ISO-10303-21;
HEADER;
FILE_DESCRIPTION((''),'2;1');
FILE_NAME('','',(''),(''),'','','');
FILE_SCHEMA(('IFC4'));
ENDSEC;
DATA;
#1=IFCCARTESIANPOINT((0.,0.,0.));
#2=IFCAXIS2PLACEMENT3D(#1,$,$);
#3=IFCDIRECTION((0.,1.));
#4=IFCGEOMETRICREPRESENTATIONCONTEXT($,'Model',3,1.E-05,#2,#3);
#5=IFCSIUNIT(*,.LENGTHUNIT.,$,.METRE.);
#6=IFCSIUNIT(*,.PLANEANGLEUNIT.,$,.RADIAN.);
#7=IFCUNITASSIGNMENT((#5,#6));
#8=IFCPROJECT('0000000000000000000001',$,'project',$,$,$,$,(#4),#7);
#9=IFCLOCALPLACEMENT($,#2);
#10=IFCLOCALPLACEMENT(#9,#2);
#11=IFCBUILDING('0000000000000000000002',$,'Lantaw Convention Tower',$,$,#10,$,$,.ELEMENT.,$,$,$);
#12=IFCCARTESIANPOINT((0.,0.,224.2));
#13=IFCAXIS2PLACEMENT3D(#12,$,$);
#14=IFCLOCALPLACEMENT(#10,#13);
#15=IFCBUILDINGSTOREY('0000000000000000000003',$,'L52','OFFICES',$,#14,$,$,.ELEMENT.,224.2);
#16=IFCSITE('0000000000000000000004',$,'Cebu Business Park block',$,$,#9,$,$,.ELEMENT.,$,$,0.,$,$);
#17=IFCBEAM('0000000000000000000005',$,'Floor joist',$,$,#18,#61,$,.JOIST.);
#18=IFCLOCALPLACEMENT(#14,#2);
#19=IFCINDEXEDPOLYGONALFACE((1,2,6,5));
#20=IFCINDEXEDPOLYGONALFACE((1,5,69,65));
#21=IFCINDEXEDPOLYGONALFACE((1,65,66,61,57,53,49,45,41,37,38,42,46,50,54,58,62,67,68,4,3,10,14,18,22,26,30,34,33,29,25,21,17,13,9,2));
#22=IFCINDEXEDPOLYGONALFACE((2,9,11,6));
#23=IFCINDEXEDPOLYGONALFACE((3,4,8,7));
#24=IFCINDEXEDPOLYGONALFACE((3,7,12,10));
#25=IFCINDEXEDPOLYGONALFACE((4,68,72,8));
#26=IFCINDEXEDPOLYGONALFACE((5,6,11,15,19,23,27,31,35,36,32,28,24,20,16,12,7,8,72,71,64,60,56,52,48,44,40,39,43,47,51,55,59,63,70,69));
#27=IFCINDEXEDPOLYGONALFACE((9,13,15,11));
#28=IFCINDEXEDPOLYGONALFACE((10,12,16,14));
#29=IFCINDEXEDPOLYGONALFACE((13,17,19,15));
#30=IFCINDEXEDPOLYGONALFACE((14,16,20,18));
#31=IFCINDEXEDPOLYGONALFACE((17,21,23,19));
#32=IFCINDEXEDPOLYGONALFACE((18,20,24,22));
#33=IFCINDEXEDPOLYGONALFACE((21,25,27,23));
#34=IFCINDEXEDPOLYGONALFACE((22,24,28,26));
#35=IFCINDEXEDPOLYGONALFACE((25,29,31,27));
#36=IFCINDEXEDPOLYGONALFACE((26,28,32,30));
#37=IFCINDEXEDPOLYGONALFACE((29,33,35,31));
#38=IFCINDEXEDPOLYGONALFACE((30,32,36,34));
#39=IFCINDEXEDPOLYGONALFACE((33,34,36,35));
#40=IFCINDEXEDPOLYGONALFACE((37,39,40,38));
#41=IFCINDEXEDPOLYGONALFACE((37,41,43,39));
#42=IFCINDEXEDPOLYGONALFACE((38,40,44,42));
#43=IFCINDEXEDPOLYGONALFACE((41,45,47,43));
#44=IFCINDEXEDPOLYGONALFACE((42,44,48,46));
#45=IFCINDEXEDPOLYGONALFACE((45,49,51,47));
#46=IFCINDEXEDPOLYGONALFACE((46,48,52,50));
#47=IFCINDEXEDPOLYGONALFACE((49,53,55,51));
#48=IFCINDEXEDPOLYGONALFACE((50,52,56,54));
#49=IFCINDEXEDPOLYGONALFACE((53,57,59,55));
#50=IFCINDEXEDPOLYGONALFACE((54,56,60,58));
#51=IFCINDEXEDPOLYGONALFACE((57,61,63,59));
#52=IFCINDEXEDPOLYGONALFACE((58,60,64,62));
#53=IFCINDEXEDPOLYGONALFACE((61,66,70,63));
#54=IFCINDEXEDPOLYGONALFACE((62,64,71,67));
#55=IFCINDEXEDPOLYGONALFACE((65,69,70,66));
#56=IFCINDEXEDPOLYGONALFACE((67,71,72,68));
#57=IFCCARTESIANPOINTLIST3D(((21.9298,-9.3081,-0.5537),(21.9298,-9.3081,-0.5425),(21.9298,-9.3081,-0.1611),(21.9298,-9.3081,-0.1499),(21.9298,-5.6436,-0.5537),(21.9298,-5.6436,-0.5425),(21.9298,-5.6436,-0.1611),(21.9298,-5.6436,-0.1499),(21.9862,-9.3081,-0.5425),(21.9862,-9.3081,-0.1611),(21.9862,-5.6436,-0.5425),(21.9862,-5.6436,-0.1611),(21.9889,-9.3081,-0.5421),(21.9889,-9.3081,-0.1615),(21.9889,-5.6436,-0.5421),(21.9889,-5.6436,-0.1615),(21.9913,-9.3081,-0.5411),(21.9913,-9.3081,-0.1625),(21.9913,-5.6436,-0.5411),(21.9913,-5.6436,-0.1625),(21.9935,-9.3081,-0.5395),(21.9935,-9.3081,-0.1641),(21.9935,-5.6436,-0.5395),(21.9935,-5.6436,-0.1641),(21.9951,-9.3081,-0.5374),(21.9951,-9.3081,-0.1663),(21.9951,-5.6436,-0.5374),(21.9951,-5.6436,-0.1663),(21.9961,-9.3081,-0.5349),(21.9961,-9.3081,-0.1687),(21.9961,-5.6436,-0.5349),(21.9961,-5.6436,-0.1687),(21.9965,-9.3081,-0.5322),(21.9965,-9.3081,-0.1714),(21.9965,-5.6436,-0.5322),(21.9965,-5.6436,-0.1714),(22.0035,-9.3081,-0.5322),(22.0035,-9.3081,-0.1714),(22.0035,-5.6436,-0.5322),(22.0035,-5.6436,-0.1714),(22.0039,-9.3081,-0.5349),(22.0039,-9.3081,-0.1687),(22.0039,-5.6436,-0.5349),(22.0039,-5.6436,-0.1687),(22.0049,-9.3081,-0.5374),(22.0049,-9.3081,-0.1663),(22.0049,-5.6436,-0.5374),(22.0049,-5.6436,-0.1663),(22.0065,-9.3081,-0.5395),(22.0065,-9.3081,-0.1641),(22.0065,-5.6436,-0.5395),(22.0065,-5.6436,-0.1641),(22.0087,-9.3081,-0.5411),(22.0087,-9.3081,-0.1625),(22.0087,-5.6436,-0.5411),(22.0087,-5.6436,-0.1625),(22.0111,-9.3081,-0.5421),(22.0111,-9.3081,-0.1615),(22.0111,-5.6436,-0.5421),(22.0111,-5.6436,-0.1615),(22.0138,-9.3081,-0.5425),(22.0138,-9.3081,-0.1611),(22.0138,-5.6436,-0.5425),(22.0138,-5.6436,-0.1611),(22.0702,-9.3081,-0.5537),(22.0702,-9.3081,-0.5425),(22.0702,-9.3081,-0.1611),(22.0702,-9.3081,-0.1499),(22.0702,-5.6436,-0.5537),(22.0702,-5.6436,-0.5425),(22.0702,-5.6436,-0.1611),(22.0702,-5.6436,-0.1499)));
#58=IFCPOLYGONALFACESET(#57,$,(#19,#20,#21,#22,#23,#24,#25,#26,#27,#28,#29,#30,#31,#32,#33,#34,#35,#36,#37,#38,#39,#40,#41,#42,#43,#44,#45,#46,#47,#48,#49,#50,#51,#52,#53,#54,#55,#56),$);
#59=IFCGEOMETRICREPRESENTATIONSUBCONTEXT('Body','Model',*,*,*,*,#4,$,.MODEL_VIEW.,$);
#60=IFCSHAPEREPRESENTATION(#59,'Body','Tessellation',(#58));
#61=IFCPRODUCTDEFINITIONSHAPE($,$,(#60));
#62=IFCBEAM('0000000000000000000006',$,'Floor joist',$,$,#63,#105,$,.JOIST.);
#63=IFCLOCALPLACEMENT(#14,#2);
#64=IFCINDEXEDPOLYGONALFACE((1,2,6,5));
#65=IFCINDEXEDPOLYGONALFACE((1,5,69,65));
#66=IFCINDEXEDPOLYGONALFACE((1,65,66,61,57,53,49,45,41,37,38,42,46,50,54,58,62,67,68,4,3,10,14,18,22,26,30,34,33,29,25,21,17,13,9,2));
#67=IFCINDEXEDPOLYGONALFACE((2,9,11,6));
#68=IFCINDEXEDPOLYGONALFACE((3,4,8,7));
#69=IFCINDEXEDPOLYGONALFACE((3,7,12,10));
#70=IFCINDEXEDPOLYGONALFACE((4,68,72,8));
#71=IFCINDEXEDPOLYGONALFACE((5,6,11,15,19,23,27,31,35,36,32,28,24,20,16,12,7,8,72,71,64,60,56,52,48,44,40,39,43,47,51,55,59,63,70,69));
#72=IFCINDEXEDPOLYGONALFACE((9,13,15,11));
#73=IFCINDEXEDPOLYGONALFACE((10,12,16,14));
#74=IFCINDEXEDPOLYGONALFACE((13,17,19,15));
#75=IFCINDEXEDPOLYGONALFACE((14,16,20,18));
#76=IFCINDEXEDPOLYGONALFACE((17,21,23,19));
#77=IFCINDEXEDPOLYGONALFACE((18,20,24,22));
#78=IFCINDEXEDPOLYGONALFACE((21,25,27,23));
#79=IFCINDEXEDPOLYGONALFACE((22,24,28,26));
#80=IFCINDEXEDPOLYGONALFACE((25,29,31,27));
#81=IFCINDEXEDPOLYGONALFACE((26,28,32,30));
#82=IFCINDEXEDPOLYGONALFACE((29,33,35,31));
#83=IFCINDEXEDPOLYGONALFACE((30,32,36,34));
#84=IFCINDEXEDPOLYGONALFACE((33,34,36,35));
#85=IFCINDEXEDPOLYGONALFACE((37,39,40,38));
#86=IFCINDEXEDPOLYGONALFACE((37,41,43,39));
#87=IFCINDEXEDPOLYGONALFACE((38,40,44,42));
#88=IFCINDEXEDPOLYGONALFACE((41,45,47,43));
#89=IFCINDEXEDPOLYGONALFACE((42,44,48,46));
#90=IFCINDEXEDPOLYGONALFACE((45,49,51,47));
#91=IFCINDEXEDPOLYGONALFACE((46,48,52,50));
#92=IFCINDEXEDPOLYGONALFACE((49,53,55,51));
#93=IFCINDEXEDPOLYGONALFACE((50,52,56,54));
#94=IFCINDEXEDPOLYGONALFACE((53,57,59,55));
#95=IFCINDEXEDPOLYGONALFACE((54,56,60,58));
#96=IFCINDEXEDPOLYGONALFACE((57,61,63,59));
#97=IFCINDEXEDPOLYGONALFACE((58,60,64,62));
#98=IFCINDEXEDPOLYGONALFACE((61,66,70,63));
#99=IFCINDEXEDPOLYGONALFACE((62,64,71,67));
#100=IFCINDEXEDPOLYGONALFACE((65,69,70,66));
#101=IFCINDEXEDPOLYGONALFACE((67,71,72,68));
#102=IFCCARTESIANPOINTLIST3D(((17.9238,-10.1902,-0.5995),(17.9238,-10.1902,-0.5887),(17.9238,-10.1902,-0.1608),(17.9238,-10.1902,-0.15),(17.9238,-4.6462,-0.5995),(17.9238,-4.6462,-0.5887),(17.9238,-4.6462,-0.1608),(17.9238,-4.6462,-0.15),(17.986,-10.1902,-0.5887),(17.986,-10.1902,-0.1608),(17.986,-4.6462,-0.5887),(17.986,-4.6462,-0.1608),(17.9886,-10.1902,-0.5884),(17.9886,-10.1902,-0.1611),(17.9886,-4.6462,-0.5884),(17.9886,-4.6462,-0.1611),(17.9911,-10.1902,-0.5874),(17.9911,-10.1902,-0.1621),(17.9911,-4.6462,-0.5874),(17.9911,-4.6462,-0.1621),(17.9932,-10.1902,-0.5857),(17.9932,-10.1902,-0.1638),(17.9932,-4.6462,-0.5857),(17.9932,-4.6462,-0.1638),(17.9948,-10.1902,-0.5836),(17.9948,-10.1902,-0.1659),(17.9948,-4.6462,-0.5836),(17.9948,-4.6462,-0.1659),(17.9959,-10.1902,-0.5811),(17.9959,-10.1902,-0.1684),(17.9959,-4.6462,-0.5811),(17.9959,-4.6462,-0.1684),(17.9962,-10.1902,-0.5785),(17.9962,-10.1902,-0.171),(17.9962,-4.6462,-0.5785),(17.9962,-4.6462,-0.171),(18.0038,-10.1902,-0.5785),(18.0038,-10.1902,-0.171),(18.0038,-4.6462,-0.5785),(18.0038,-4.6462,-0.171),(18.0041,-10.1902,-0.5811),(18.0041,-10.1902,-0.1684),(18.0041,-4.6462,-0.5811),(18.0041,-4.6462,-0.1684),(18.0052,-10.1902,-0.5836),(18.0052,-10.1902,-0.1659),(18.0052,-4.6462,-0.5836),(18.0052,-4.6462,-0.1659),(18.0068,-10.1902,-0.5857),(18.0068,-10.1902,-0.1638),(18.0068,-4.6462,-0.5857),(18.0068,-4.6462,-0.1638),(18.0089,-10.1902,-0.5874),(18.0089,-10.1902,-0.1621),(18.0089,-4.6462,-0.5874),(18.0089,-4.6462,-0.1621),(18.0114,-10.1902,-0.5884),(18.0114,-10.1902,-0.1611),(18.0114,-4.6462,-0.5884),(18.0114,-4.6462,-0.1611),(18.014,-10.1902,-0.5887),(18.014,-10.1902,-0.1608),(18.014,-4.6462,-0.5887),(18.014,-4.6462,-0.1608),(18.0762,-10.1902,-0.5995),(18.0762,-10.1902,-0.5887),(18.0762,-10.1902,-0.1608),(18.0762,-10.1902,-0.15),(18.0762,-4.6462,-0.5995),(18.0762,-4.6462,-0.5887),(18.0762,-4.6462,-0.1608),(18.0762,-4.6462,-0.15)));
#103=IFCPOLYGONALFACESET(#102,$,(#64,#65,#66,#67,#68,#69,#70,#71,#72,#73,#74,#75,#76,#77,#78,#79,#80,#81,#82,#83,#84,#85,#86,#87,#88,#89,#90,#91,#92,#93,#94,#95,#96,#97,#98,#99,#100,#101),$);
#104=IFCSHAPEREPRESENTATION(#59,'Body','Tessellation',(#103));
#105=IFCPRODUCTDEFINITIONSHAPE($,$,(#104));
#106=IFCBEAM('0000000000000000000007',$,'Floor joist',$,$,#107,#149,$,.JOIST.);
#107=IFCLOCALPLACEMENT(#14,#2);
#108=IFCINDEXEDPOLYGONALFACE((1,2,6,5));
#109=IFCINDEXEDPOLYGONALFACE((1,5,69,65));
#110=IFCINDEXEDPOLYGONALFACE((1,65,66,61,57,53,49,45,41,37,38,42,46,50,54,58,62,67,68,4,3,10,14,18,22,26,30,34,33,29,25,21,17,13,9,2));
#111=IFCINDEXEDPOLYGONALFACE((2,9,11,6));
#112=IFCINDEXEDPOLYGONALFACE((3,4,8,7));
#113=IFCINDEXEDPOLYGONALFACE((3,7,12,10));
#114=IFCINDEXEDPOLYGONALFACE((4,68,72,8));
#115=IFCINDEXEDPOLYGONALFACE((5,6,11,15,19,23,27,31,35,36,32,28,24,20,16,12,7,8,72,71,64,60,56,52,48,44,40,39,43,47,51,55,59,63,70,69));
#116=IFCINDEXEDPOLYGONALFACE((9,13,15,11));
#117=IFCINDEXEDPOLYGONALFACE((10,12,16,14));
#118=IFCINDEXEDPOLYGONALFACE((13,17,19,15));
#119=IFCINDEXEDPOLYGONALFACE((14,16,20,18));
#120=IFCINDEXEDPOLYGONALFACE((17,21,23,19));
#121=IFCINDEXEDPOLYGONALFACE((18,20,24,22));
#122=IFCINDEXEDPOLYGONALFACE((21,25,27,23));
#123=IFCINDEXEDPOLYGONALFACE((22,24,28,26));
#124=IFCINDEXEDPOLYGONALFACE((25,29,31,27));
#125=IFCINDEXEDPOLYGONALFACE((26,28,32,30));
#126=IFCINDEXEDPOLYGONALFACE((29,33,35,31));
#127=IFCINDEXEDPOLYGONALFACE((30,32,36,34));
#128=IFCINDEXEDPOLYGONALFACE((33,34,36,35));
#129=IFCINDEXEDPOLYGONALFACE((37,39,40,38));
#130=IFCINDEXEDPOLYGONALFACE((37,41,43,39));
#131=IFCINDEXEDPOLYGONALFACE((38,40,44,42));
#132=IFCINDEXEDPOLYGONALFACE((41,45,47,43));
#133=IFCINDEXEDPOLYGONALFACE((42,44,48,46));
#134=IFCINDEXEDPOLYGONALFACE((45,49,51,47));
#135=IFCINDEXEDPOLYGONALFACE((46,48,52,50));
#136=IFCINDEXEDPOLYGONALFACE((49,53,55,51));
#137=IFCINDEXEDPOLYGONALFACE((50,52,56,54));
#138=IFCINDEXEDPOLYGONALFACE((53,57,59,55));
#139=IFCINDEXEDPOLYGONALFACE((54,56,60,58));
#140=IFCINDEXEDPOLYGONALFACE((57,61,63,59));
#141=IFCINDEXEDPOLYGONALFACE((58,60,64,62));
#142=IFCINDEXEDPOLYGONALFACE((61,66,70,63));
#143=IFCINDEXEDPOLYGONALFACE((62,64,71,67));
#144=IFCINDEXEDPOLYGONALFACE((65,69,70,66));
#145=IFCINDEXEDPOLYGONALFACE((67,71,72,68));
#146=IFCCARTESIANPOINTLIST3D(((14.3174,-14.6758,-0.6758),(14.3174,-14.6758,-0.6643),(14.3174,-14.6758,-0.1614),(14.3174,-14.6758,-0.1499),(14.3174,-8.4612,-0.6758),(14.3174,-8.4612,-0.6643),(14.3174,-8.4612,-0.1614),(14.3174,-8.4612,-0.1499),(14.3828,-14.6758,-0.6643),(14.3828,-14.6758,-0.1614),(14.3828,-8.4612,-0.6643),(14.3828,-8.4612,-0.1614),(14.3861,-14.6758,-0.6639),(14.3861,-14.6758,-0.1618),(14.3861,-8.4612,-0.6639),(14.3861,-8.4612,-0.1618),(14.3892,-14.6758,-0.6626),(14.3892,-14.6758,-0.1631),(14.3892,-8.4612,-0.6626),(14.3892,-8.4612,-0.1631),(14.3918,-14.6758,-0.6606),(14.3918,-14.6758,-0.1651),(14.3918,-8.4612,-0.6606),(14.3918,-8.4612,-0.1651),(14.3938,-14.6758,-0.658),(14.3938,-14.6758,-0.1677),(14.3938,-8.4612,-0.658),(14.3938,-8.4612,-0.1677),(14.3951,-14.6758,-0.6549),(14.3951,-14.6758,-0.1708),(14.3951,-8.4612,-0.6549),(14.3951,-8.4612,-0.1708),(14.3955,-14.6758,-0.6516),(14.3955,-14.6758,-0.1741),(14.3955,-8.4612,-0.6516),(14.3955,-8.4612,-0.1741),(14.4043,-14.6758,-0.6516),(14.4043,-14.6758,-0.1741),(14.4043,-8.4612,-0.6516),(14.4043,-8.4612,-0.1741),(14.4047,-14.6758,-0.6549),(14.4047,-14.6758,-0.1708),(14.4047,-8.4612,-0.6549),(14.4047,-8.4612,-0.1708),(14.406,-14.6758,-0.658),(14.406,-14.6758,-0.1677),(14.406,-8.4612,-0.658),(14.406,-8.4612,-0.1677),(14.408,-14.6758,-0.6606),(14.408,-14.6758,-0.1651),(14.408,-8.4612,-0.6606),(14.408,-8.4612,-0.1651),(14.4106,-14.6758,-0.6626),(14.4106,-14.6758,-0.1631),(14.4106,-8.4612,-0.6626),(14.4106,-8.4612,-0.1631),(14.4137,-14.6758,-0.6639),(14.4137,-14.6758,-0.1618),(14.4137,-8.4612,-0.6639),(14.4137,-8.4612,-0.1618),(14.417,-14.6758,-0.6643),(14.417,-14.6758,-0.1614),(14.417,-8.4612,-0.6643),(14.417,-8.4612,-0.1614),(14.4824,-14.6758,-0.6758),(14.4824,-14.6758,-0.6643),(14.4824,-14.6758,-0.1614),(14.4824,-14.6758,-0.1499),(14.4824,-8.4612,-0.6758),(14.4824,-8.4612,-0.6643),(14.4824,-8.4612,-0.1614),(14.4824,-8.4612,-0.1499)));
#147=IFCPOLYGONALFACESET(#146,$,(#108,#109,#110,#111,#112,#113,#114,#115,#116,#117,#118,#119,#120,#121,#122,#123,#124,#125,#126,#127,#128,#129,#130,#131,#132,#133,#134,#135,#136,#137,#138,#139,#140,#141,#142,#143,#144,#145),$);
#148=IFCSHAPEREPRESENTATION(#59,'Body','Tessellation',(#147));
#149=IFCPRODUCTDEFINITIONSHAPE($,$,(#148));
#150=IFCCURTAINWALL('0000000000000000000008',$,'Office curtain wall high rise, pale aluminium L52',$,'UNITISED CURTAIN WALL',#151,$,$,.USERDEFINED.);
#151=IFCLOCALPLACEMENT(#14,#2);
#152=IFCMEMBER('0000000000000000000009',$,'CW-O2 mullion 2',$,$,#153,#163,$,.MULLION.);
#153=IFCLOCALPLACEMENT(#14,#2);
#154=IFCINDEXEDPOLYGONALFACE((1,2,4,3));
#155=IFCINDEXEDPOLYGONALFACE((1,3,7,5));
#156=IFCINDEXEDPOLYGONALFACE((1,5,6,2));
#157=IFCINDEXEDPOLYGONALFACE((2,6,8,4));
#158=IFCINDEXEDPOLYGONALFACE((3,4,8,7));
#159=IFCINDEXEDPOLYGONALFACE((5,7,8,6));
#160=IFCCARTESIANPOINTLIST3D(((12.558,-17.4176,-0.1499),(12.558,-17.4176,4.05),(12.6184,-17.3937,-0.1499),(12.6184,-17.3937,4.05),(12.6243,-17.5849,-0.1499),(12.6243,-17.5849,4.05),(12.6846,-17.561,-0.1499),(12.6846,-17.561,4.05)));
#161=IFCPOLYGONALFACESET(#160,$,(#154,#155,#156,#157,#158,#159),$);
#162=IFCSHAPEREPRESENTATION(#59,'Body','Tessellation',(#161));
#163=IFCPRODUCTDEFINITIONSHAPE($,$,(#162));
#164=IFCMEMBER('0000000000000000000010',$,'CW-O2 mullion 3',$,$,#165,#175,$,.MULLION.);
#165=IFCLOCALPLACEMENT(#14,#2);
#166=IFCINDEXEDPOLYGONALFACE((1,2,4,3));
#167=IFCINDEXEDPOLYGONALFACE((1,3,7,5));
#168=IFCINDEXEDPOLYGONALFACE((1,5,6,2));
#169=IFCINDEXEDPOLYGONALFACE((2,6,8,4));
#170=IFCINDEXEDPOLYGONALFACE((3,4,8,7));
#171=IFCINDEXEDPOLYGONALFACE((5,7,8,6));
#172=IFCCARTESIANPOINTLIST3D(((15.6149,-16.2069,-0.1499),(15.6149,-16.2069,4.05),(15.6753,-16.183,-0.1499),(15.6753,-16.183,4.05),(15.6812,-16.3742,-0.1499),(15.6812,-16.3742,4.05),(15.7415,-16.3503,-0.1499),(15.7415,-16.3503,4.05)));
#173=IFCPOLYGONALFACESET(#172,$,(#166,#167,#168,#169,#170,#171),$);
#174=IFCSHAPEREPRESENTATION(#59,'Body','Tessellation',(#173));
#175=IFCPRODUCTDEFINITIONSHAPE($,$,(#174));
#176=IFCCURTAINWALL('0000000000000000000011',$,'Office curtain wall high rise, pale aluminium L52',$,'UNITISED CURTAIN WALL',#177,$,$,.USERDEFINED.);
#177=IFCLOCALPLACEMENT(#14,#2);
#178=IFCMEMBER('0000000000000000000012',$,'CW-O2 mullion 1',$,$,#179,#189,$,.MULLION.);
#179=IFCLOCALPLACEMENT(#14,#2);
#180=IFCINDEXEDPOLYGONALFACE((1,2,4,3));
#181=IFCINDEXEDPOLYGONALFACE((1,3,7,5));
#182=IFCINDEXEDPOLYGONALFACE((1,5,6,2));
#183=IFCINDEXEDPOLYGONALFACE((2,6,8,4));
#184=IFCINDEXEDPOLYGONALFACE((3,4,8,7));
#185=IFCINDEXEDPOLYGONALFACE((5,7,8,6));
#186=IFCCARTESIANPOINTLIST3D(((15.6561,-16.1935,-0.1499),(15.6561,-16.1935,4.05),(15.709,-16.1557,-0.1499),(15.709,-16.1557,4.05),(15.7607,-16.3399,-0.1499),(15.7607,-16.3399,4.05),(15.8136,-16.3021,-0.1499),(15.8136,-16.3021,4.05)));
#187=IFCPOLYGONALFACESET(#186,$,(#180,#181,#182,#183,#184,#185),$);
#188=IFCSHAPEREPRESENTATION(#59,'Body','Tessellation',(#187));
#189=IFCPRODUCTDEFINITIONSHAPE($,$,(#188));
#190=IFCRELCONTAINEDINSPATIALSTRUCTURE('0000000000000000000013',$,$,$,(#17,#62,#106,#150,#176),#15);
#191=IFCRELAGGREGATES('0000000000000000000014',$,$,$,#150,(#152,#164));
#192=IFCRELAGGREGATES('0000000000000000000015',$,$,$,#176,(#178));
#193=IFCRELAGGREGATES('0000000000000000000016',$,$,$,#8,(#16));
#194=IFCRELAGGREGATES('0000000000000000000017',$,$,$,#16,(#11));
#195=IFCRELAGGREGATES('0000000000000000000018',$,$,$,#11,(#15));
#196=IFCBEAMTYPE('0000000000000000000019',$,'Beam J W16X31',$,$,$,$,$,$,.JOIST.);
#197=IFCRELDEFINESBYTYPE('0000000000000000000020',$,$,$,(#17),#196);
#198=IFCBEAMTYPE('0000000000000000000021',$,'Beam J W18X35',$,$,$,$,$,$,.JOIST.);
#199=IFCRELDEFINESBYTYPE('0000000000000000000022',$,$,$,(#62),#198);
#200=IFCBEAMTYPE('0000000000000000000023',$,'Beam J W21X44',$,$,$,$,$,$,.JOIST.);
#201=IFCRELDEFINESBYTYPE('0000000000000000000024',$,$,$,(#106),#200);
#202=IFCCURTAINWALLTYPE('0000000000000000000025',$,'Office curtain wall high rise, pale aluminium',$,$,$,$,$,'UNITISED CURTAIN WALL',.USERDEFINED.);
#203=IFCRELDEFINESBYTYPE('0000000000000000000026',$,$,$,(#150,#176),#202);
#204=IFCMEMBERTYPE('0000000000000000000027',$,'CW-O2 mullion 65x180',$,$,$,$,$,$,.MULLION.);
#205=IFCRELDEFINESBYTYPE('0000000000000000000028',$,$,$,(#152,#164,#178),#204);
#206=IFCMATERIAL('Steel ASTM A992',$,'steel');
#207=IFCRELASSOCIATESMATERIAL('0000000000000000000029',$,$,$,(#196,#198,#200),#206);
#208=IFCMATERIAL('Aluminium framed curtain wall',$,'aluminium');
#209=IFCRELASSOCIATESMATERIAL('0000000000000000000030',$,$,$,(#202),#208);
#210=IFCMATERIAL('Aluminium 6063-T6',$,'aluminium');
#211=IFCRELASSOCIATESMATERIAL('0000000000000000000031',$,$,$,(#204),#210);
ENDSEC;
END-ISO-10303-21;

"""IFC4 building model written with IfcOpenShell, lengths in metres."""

from ifc_helpers import new_model, si_unit, direction, frame, origin, origin_2d, place, context, subcontext, project, spatial, rectangle, i_section, extrude, material, material_profile, profile_set, type_object, element, aggregate, save


model = new_model("IFC4")

# Units and contexts
model_context = context("Model", 3, precision=1e-05, world=origin(), true_north=direction((0.0, 1.0)))
body_context = subcontext(model_context, "Body", "Model", "MODEL_VIEW")
ifc_project = project(units=[si_unit("LENGTHUNIT", "METRE"), si_unit("PLANEANGLEUNIT", "RADIAN")], contexts=[model_context])

# Site, building, storey
site_placement = place(None, origin())
site = spatial("IfcSite", under=ifc_project, at=site_placement, Name="Cebu Business Park block", CompositionType="ELEMENT", RefElevation=0.0)
building_placement = place(site_placement, origin())
building = spatial("IfcBuilding", under=site, at=building_placement, Name="Lantaw Convention Tower", CompositionType="ELEMENT")
storey_placement = place(building_placement, frame((0.0, 0.0, 224.2)))
storey = spatial("IfcBuildingStorey", under=building, at=storey_placement, Name="L52", Description="OFFICES", CompositionType="ELEMENT", Elevation=224.2)

# Beams
ifc_material_1 = material(Name="Steel ASTM A992", Category="steel")
ifc_material_profile_1 = material_profile(ifc_material_1, i_section(OverallWidth=0.1404, OverallDepth=0.4038, WebThickness=0.0071, FlangeThickness=0.0112, FilletRadius=0.0103, at=origin_2d()), Name="W16X31")
ifc_profile_set_1 = profile_set([ifc_material_profile_1], Name="Steel ASTM A992")
beam_type_1 = type_object("IfcBeamType", Name="Beam J W16X31", PredefinedType="JOIST", material=ifc_profile_set_1)
beam_1_placement = place(storey_placement, frame((22.0, -9.3081, -0.3518), z_axis=(0.0, 1.0, 0.0), x_axis=(-1.0, 0.0, 0.0)))
element("IfcBeam", 1, at=beam_1_placement, inside=storey, type_object=beam_type_1, Name="Floor joist", PredefinedType="JOIST", context=body_context, shape_type="SweptSolid", body=[
    extrude(i_section(OverallWidth=0.1404, OverallDepth=0.4038, WebThickness=0.0071, FlangeThickness=0.0112, FilletRadius=0.0103, at=origin_2d()), origin(), (0.0, 0.0, 1.0), 3.6646),
])
ifc_material_profile_2 = material_profile(ifc_material_1, i_section(OverallWidth=0.1523, OverallDepth=0.4495, WebThickness=0.0076, FlangeThickness=0.0107, FilletRadius=0.0103, at=origin_2d()), Name="W18X35")
ifc_profile_set_2 = profile_set([ifc_material_profile_2], Name="Steel ASTM A992")
beam_type_2 = type_object("IfcBeamType", Name="Beam J W18X35", PredefinedType="JOIST", material=ifc_profile_set_2)
beam_2_placement = place(storey_placement, frame((18.0, -10.1902, -0.3748), z_axis=(0.0, 1.0, 0.0), x_axis=(-1.0, 0.0, 0.0)))
element("IfcBeam", 2, at=beam_2_placement, inside=storey, type_object=beam_type_2, Name="Floor joist", PredefinedType="JOIST", context=body_context, shape_type="SweptSolid", body=[
    extrude(i_section(OverallWidth=0.1523, OverallDepth=0.4495, WebThickness=0.0076, FlangeThickness=0.0107, FilletRadius=0.0103, at=origin_2d()), origin(), (0.0, 0.0, 1.0), 5.5439),
])
ifc_material_profile_3 = material_profile(ifc_material_1, i_section(OverallWidth=0.165, OverallDepth=0.5259, WebThickness=0.0088, FlangeThickness=0.0115, FilletRadius=0.0127, at=origin_2d()), Name="W21X44")
ifc_profile_set_3 = profile_set([ifc_material_profile_3], Name="Steel ASTM A992")
beam_type_3 = type_object("IfcBeamType", Name="Beam J W21X44", PredefinedType="JOIST", material=ifc_profile_set_3)
beam_3_placement = place(storey_placement, frame((14.3999, -14.6758, -0.4128), z_axis=(0.0, 1.0, 0.0), x_axis=(-1.0, 0.0, 0.0)))
element("IfcBeam", 3, at=beam_3_placement, inside=storey, type_object=beam_type_3, Name="Floor joist", PredefinedType="JOIST", context=body_context, shape_type="SweptSolid", body=[
    extrude(i_section(OverallWidth=0.165, OverallDepth=0.5259, WebThickness=0.0088, FlangeThickness=0.0115, FilletRadius=0.0127, at=origin_2d()), origin(), (0.0, 0.0, 1.0), 6.2146),
])

# Curtain walls, members
ifc_material_2 = material(Name="Aluminium framed curtain wall", Category="aluminium")
curtain_wall_type = type_object("IfcCurtainWallType", Name="Office curtain wall high rise, pale aluminium", ElementType="UNITISED CURTAIN WALL", PredefinedType="USERDEFINED", material=ifc_material_2)
curtain_wall_1_placement = place(storey_placement, origin())
curtain_wall_1 = element("IfcCurtainWall", 4, at=curtain_wall_1_placement, inside=storey, type_object=curtain_wall_type, Name="Office curtain wall high rise, pale aluminium L52", ObjectType="UNITISED CURTAIN WALL", PredefinedType="USERDEFINED")
ifc_material_3 = material(Name="Aluminium 6063-T6", Category="aluminium")
ifc_material_profile_4 = material_profile(ifc_material_3, rectangle(XDim=0.1799, YDim=0.0649, at=origin_2d()), Name="CW-O2 mullion 65x180")
ifc_profile_set_4 = profile_set([ifc_material_profile_4], Name="Aluminium 6063-T6")
member_type_1 = type_object("IfcMemberType", Name="CW-O2 mullion 65x180", PredefinedType="MULLION", material=ifc_profile_set_4)
member_1_placement = place(storey_placement, frame((12.6213, -17.4893, -0.1499), z_axis=(0.0, 0.0, 1.0), x_axis=(-0.368162, 0.929762, 0.0)))
member_1 = element("IfcMember", 5, at=member_1_placement, type_object=member_type_1, Name="CW-O2 mullion 2", PredefinedType="MULLION", context=body_context, shape_type="SweptSolid", body=[
    extrude(rectangle(XDim=0.1799, YDim=0.0649, at=origin_2d()), origin(), (0.0, 0.0, 1.0), 4.2),
])
member_2_placement = place(storey_placement, frame((15.6782, -16.2786, -0.1499), z_axis=(0.0, 0.0, 1.0), x_axis=(-0.368162, 0.929762, 0.0)))
member_2 = element("IfcMember", 6, at=member_2_placement, type_object=member_type_1, Name="CW-O2 mullion 3", PredefinedType="MULLION", context=body_context, shape_type="SweptSolid", body=[
    extrude(rectangle(XDim=0.1799, YDim=0.0649, at=origin_2d()), origin(), (0.0, 0.0, 1.0), 4.2),
])
curtain_wall_2_placement = place(storey_placement, origin())
curtain_wall_2 = element("IfcCurtainWall", 7, at=curtain_wall_2_placement, inside=storey, type_object=curtain_wall_type, Name="Office curtain wall high rise, pale aluminium L52", ObjectType="UNITISED CURTAIN WALL", PredefinedType="USERDEFINED")
member_3_placement = place(storey_placement, frame((15.7349, -16.2478, -0.1499), z_axis=(0.0, 0.0, 1.0), x_axis=(-0.581323, 0.813673, 0.0)))
member_3 = element("IfcMember", 8, at=member_3_placement, type_object=member_type_1, Name="CW-O2 mullion 1", PredefinedType="MULLION", context=body_context, shape_type="SweptSolid", body=[
    extrude(rectangle(XDim=0.1799, YDim=0.0649, at=origin_2d()), origin(), (0.0, 0.0, 1.0), 4.2),
])

aggregate(curtain_wall_1, [member_1, member_2])
aggregate(curtain_wall_2, [member_3])

save(model, "model.ifc")
